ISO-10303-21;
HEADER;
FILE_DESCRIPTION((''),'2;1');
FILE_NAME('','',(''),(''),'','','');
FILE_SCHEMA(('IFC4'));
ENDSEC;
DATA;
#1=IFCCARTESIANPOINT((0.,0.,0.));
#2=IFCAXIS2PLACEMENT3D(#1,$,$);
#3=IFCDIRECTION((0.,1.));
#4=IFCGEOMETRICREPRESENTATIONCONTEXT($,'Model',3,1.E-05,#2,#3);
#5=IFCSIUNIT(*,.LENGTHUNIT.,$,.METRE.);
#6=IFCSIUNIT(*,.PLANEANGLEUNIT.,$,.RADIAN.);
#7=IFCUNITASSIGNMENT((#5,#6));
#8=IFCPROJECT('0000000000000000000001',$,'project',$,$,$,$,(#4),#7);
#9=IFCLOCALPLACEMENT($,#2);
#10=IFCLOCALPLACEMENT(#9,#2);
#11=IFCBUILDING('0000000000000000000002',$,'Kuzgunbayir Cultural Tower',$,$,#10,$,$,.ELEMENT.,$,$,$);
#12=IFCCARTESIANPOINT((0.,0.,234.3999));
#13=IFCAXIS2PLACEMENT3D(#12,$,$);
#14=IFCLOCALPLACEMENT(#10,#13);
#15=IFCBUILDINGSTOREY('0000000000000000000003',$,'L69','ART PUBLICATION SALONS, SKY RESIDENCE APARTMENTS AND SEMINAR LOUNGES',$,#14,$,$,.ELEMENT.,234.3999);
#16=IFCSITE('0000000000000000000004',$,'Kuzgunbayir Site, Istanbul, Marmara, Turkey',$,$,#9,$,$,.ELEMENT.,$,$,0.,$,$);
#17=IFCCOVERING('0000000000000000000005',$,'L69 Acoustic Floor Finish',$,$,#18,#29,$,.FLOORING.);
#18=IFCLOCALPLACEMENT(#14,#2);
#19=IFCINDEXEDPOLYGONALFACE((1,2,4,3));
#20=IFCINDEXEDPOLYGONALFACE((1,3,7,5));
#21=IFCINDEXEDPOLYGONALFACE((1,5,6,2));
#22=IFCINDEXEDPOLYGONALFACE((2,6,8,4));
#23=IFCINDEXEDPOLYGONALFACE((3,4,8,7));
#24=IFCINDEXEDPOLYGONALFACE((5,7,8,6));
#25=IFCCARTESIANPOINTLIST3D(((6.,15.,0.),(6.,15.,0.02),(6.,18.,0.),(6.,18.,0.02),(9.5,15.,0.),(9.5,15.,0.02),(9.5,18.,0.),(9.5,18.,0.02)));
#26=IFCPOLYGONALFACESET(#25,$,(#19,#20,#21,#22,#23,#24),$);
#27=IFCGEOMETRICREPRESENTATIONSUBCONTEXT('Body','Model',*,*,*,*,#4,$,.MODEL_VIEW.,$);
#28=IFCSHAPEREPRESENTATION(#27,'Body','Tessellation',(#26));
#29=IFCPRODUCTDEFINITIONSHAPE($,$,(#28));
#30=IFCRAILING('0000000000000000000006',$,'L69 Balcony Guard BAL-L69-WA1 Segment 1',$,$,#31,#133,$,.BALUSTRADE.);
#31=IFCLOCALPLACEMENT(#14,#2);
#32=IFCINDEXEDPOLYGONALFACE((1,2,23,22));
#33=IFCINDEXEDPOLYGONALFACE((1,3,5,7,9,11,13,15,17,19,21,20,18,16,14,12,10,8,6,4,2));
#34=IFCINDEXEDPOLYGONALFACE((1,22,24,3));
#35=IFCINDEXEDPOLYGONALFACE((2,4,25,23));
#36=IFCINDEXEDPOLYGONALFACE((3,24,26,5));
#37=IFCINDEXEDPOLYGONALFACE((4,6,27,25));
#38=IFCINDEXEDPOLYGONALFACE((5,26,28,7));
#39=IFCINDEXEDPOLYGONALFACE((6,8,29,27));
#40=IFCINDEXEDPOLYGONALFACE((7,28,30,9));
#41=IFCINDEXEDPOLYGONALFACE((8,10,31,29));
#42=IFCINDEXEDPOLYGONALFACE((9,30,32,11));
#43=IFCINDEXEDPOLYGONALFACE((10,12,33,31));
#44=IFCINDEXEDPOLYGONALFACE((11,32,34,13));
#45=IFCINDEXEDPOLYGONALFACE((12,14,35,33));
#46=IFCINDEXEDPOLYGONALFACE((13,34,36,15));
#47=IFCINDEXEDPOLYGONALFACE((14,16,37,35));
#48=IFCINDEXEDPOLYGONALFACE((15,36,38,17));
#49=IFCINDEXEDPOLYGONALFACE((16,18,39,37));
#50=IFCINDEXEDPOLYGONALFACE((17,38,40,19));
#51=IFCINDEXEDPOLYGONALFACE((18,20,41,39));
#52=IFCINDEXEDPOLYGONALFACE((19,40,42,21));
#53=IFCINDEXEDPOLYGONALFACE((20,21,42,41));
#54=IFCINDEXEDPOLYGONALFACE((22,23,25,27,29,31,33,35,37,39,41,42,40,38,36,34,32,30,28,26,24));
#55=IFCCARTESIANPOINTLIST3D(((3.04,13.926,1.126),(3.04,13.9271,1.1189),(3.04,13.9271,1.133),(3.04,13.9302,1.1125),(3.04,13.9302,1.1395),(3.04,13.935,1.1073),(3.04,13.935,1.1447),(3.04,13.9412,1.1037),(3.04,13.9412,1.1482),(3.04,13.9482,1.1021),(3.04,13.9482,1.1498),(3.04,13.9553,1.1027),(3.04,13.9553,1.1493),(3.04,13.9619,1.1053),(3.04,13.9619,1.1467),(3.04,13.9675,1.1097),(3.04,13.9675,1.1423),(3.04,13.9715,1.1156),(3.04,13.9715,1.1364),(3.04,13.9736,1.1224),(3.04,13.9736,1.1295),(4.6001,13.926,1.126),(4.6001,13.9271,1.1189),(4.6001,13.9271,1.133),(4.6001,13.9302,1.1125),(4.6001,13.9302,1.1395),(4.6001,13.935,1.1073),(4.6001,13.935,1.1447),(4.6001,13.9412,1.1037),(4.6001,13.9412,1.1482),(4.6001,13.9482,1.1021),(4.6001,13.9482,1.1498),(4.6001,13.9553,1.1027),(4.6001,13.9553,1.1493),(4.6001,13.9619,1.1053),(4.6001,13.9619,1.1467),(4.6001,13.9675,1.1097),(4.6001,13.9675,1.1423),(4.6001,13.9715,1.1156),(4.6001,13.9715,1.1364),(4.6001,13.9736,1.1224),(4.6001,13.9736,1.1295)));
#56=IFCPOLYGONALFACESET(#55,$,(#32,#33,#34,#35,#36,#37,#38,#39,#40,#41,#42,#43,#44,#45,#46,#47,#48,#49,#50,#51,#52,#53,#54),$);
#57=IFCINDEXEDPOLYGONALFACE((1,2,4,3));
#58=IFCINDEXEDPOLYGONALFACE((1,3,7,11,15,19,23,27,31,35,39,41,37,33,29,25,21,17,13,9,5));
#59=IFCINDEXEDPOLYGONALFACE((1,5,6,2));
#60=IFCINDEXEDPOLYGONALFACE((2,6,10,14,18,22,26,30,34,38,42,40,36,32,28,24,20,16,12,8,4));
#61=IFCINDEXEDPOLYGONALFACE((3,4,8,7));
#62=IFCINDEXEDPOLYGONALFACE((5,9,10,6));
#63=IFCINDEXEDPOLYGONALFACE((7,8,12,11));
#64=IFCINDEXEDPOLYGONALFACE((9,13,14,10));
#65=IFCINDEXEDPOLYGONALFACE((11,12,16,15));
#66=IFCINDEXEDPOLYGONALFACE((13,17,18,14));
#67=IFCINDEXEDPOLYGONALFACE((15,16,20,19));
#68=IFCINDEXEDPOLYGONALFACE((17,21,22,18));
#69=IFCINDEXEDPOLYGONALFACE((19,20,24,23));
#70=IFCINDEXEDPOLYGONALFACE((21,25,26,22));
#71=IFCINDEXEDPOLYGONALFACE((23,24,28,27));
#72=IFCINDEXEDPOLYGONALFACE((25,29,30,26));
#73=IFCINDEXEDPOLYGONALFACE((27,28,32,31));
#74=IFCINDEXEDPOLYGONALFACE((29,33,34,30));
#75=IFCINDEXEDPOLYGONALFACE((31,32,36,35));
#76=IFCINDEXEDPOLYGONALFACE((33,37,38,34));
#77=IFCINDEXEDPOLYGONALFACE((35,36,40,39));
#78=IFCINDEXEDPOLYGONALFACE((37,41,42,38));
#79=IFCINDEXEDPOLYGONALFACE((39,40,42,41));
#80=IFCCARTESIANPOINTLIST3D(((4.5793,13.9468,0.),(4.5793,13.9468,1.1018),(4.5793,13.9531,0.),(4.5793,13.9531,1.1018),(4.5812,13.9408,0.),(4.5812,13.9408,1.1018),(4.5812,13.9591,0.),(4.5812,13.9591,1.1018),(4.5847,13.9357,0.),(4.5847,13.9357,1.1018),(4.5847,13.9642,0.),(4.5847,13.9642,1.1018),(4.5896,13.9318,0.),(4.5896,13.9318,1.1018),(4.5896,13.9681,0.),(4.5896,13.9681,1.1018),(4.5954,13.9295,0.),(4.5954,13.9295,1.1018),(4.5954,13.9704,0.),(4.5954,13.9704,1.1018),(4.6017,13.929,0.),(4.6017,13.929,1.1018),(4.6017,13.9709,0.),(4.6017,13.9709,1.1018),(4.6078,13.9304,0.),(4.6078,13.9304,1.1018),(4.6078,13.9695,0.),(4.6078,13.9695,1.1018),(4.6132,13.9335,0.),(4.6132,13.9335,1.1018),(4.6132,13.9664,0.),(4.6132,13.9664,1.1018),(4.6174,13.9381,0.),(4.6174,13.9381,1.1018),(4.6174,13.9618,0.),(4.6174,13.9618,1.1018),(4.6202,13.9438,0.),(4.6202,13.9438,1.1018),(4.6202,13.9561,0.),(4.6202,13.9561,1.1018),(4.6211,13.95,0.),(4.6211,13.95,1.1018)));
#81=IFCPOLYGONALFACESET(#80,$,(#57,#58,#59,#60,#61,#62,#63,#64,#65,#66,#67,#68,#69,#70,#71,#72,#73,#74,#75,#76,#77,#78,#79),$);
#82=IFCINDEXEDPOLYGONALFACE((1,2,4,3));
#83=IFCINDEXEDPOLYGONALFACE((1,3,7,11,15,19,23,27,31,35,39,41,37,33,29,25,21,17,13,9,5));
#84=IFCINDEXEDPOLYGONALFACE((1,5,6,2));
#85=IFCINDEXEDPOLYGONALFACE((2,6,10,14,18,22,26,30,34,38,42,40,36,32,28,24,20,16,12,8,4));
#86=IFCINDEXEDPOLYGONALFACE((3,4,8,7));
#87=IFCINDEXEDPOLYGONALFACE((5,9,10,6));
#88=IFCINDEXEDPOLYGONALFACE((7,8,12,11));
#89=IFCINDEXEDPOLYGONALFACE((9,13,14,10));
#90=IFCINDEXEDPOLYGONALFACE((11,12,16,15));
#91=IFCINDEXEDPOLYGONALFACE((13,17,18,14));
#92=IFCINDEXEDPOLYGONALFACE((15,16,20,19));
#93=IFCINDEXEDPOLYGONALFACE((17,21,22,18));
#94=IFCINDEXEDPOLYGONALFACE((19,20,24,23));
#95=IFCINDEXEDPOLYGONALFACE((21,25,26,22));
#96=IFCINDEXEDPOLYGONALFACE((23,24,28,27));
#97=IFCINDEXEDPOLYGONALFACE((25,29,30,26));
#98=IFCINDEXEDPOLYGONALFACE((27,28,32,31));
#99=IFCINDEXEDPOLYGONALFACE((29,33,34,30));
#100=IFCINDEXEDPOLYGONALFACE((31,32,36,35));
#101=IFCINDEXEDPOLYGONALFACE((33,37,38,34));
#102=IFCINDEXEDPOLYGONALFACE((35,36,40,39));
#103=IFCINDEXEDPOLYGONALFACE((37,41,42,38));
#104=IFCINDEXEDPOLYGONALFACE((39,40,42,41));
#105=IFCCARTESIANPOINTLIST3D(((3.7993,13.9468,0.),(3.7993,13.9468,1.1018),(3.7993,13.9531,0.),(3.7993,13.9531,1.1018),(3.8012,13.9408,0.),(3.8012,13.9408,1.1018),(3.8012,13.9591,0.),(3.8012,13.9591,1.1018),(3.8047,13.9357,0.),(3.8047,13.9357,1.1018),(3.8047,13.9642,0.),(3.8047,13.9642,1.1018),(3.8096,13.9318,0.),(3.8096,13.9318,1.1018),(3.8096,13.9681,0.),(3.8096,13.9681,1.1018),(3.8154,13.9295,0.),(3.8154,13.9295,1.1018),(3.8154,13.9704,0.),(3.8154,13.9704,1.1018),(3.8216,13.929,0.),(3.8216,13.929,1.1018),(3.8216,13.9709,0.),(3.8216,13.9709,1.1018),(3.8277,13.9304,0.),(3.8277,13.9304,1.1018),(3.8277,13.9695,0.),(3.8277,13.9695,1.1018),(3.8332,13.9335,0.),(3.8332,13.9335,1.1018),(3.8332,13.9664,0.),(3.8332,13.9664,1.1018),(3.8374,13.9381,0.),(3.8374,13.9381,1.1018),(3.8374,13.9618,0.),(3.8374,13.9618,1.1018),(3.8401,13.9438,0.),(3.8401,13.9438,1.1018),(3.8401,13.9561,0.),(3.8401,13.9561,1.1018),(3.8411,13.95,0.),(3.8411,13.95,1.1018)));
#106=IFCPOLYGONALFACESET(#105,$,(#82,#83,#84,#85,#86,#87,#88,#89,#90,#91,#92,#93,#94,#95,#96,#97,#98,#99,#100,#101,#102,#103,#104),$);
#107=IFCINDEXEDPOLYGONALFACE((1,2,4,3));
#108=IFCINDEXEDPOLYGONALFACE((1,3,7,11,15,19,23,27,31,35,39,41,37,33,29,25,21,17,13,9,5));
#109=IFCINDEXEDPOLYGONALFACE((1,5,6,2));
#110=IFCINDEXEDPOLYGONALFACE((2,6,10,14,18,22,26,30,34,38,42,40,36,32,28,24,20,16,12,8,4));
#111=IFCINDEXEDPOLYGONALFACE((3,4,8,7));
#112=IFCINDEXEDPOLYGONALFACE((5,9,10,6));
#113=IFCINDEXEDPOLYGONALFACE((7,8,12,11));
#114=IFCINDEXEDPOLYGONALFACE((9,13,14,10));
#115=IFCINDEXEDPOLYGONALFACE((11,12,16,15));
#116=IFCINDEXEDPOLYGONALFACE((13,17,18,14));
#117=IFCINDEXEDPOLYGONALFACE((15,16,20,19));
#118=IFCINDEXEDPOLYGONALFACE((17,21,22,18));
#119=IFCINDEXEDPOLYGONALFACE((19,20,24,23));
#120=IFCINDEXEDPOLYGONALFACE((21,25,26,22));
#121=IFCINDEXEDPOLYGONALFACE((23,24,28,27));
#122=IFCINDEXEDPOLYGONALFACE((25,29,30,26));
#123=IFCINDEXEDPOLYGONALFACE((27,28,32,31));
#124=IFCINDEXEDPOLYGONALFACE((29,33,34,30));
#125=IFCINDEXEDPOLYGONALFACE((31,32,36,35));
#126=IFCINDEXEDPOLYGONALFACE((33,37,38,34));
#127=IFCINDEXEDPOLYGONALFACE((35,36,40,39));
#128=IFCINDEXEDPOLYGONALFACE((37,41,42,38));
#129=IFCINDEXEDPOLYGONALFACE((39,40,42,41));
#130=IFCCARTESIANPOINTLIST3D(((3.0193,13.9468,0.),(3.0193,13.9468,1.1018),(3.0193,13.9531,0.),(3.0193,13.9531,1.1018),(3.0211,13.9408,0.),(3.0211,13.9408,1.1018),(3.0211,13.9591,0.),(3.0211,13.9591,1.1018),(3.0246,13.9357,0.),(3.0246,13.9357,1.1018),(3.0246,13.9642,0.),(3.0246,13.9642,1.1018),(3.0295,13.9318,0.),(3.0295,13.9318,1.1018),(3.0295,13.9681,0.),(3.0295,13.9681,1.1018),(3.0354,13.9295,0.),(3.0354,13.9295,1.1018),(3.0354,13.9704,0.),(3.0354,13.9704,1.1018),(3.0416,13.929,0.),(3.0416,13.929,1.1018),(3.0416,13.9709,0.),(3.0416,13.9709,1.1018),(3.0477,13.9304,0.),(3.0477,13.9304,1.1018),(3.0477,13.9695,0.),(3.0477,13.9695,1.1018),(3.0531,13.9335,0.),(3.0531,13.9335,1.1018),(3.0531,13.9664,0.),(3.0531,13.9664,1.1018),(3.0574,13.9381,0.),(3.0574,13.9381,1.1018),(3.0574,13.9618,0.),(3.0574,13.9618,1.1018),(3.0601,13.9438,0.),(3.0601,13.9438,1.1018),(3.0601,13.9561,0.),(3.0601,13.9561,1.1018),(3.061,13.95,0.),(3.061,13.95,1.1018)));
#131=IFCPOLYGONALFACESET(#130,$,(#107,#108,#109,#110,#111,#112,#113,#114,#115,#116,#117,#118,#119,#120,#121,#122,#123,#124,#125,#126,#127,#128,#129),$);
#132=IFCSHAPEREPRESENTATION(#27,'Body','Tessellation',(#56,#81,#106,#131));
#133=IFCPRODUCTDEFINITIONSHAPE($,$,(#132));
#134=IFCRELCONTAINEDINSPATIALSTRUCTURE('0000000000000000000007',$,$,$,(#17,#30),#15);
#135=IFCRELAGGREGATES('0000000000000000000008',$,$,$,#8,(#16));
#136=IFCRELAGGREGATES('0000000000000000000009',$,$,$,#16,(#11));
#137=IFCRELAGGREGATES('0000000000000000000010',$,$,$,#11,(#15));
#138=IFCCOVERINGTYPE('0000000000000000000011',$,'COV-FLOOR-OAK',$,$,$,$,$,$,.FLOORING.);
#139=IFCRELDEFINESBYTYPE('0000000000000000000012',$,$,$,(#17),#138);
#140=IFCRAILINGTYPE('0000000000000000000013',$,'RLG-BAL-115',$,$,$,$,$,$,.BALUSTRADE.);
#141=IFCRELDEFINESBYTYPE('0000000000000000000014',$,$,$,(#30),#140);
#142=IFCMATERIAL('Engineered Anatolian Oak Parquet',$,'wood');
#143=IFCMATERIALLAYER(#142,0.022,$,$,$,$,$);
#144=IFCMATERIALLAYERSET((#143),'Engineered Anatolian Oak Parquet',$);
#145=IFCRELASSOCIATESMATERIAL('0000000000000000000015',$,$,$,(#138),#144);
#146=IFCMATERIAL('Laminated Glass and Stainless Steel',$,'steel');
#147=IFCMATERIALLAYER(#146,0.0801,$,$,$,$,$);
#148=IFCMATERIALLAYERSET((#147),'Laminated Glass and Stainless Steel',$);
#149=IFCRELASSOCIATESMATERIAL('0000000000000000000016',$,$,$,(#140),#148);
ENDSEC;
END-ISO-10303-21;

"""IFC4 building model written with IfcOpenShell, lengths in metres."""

from ifc_helpers import new_model, si_unit, direction, frame, origin, origin_2d, place, context, subcontext, project, spatial, polyline, circle, outline, extrude, material, layer, layer_set, type_object, element, save


model = new_model("IFC4")

# Units and contexts
model_context = context("Model", 3, precision=1e-05, world=origin(), true_north=direction((0.0, 1.0)))
body_context = subcontext(model_context, "Body", "Model", "MODEL_VIEW")
ifc_project = project(units=[si_unit("LENGTHUNIT", "METRE"), si_unit("PLANEANGLEUNIT", "RADIAN")], contexts=[model_context])

# Site, building, storey
site_placement = place(None, origin())
site = spatial("IfcSite", under=ifc_project, at=site_placement, Name="Kuzgunbayir Site, Istanbul, Marmara, Turkey", CompositionType="ELEMENT", RefElevation=0.0)
building_placement = place(site_placement, origin())
building = spatial("IfcBuilding", under=site, at=building_placement, Name="Kuzgunbayir Cultural Tower", CompositionType="ELEMENT")
storey_placement = place(building_placement, frame((0.0, 0.0, 234.3999)))
storey = spatial("IfcBuildingStorey", under=building, at=storey_placement, Name="L69", Description="ART PUBLICATION SALONS, SKY RESIDENCE APARTMENTS AND SEMINAR LOUNGES", CompositionType="ELEMENT", Elevation=234.3999)

# Covering
ifc_material_1 = material(Name="Engineered Anatolian Oak Parquet", Category="wood")
ifc_layer_1 = layer(ifc_material_1, 0.022)
ifc_layer_set_1 = layer_set([ifc_layer_1], Name="Engineered Anatolian Oak Parquet")
covering_type_1 = type_object("IfcCoveringType", Name="COV-FLOOR-OAK", PredefinedType="FLOORING", material=ifc_layer_set_1)
covering_1_placement = place(storey_placement, origin())
element("IfcCovering", 1, at=covering_1_placement, inside=storey, type_object=covering_type_1, Name="L69 Acoustic Floor Finish", PredefinedType="FLOORING", context=body_context, shape_type="SweptSolid", body=[
    extrude(outline(polyline([(6.0, 15.0), (9.5, 15.0), (9.5, 18.0), (6.0, 18.0), (6.0, 15.0)])), origin(), (0.0, 0.0, 1.0), 0.02),
])

# Railing
ifc_material_2 = material(Name="Laminated Glass and Stainless Steel", Category="steel")
ifc_layer_2 = layer(ifc_material_2, 0.0801)
ifc_layer_set_2 = layer_set([ifc_layer_2], Name="Laminated Glass and Stainless Steel")
railing_type = type_object("IfcRailingType", Name="RLG-BAL-115", PredefinedType="BALUSTRADE", material=ifc_layer_set_2)
railing_1_placement = place(storey_placement, frame((4.6001, 13.95, 0.0)))
element("IfcRailing", 2, at=railing_1_placement, inside=storey, type_object=railing_type, Name="L69 Balcony Guard BAL-L69-WA1 Segment 1", PredefinedType="BALUSTRADE", context=body_context, shape_type="SweptSolid", body=[
    extrude(circle(Radius=0.0239, at=origin_2d()), frame((0.0, 0.0, 1.126), z_axis=(-1.0, 0.0, 0.0), x_axis=(0.0, -1.0, 0.0)), (0.0, 0.0, 1.0), 1.5601),
    extrude(circle(Radius=0.021, at=origin_2d()), origin(), (0.0, 0.0, 1.0), 1.1018),
    extrude(circle(Radius=0.021, at=origin_2d()), frame((-0.78, 0.0, 0.0)), (0.0, 0.0, 1.0), 1.1018),
    extrude(circle(Radius=0.021, at=origin_2d()), frame((-1.5601, 0.0, 0.0)), (0.0, 0.0, 1.0), 1.1018),
])

save(model, "model.ifc")
